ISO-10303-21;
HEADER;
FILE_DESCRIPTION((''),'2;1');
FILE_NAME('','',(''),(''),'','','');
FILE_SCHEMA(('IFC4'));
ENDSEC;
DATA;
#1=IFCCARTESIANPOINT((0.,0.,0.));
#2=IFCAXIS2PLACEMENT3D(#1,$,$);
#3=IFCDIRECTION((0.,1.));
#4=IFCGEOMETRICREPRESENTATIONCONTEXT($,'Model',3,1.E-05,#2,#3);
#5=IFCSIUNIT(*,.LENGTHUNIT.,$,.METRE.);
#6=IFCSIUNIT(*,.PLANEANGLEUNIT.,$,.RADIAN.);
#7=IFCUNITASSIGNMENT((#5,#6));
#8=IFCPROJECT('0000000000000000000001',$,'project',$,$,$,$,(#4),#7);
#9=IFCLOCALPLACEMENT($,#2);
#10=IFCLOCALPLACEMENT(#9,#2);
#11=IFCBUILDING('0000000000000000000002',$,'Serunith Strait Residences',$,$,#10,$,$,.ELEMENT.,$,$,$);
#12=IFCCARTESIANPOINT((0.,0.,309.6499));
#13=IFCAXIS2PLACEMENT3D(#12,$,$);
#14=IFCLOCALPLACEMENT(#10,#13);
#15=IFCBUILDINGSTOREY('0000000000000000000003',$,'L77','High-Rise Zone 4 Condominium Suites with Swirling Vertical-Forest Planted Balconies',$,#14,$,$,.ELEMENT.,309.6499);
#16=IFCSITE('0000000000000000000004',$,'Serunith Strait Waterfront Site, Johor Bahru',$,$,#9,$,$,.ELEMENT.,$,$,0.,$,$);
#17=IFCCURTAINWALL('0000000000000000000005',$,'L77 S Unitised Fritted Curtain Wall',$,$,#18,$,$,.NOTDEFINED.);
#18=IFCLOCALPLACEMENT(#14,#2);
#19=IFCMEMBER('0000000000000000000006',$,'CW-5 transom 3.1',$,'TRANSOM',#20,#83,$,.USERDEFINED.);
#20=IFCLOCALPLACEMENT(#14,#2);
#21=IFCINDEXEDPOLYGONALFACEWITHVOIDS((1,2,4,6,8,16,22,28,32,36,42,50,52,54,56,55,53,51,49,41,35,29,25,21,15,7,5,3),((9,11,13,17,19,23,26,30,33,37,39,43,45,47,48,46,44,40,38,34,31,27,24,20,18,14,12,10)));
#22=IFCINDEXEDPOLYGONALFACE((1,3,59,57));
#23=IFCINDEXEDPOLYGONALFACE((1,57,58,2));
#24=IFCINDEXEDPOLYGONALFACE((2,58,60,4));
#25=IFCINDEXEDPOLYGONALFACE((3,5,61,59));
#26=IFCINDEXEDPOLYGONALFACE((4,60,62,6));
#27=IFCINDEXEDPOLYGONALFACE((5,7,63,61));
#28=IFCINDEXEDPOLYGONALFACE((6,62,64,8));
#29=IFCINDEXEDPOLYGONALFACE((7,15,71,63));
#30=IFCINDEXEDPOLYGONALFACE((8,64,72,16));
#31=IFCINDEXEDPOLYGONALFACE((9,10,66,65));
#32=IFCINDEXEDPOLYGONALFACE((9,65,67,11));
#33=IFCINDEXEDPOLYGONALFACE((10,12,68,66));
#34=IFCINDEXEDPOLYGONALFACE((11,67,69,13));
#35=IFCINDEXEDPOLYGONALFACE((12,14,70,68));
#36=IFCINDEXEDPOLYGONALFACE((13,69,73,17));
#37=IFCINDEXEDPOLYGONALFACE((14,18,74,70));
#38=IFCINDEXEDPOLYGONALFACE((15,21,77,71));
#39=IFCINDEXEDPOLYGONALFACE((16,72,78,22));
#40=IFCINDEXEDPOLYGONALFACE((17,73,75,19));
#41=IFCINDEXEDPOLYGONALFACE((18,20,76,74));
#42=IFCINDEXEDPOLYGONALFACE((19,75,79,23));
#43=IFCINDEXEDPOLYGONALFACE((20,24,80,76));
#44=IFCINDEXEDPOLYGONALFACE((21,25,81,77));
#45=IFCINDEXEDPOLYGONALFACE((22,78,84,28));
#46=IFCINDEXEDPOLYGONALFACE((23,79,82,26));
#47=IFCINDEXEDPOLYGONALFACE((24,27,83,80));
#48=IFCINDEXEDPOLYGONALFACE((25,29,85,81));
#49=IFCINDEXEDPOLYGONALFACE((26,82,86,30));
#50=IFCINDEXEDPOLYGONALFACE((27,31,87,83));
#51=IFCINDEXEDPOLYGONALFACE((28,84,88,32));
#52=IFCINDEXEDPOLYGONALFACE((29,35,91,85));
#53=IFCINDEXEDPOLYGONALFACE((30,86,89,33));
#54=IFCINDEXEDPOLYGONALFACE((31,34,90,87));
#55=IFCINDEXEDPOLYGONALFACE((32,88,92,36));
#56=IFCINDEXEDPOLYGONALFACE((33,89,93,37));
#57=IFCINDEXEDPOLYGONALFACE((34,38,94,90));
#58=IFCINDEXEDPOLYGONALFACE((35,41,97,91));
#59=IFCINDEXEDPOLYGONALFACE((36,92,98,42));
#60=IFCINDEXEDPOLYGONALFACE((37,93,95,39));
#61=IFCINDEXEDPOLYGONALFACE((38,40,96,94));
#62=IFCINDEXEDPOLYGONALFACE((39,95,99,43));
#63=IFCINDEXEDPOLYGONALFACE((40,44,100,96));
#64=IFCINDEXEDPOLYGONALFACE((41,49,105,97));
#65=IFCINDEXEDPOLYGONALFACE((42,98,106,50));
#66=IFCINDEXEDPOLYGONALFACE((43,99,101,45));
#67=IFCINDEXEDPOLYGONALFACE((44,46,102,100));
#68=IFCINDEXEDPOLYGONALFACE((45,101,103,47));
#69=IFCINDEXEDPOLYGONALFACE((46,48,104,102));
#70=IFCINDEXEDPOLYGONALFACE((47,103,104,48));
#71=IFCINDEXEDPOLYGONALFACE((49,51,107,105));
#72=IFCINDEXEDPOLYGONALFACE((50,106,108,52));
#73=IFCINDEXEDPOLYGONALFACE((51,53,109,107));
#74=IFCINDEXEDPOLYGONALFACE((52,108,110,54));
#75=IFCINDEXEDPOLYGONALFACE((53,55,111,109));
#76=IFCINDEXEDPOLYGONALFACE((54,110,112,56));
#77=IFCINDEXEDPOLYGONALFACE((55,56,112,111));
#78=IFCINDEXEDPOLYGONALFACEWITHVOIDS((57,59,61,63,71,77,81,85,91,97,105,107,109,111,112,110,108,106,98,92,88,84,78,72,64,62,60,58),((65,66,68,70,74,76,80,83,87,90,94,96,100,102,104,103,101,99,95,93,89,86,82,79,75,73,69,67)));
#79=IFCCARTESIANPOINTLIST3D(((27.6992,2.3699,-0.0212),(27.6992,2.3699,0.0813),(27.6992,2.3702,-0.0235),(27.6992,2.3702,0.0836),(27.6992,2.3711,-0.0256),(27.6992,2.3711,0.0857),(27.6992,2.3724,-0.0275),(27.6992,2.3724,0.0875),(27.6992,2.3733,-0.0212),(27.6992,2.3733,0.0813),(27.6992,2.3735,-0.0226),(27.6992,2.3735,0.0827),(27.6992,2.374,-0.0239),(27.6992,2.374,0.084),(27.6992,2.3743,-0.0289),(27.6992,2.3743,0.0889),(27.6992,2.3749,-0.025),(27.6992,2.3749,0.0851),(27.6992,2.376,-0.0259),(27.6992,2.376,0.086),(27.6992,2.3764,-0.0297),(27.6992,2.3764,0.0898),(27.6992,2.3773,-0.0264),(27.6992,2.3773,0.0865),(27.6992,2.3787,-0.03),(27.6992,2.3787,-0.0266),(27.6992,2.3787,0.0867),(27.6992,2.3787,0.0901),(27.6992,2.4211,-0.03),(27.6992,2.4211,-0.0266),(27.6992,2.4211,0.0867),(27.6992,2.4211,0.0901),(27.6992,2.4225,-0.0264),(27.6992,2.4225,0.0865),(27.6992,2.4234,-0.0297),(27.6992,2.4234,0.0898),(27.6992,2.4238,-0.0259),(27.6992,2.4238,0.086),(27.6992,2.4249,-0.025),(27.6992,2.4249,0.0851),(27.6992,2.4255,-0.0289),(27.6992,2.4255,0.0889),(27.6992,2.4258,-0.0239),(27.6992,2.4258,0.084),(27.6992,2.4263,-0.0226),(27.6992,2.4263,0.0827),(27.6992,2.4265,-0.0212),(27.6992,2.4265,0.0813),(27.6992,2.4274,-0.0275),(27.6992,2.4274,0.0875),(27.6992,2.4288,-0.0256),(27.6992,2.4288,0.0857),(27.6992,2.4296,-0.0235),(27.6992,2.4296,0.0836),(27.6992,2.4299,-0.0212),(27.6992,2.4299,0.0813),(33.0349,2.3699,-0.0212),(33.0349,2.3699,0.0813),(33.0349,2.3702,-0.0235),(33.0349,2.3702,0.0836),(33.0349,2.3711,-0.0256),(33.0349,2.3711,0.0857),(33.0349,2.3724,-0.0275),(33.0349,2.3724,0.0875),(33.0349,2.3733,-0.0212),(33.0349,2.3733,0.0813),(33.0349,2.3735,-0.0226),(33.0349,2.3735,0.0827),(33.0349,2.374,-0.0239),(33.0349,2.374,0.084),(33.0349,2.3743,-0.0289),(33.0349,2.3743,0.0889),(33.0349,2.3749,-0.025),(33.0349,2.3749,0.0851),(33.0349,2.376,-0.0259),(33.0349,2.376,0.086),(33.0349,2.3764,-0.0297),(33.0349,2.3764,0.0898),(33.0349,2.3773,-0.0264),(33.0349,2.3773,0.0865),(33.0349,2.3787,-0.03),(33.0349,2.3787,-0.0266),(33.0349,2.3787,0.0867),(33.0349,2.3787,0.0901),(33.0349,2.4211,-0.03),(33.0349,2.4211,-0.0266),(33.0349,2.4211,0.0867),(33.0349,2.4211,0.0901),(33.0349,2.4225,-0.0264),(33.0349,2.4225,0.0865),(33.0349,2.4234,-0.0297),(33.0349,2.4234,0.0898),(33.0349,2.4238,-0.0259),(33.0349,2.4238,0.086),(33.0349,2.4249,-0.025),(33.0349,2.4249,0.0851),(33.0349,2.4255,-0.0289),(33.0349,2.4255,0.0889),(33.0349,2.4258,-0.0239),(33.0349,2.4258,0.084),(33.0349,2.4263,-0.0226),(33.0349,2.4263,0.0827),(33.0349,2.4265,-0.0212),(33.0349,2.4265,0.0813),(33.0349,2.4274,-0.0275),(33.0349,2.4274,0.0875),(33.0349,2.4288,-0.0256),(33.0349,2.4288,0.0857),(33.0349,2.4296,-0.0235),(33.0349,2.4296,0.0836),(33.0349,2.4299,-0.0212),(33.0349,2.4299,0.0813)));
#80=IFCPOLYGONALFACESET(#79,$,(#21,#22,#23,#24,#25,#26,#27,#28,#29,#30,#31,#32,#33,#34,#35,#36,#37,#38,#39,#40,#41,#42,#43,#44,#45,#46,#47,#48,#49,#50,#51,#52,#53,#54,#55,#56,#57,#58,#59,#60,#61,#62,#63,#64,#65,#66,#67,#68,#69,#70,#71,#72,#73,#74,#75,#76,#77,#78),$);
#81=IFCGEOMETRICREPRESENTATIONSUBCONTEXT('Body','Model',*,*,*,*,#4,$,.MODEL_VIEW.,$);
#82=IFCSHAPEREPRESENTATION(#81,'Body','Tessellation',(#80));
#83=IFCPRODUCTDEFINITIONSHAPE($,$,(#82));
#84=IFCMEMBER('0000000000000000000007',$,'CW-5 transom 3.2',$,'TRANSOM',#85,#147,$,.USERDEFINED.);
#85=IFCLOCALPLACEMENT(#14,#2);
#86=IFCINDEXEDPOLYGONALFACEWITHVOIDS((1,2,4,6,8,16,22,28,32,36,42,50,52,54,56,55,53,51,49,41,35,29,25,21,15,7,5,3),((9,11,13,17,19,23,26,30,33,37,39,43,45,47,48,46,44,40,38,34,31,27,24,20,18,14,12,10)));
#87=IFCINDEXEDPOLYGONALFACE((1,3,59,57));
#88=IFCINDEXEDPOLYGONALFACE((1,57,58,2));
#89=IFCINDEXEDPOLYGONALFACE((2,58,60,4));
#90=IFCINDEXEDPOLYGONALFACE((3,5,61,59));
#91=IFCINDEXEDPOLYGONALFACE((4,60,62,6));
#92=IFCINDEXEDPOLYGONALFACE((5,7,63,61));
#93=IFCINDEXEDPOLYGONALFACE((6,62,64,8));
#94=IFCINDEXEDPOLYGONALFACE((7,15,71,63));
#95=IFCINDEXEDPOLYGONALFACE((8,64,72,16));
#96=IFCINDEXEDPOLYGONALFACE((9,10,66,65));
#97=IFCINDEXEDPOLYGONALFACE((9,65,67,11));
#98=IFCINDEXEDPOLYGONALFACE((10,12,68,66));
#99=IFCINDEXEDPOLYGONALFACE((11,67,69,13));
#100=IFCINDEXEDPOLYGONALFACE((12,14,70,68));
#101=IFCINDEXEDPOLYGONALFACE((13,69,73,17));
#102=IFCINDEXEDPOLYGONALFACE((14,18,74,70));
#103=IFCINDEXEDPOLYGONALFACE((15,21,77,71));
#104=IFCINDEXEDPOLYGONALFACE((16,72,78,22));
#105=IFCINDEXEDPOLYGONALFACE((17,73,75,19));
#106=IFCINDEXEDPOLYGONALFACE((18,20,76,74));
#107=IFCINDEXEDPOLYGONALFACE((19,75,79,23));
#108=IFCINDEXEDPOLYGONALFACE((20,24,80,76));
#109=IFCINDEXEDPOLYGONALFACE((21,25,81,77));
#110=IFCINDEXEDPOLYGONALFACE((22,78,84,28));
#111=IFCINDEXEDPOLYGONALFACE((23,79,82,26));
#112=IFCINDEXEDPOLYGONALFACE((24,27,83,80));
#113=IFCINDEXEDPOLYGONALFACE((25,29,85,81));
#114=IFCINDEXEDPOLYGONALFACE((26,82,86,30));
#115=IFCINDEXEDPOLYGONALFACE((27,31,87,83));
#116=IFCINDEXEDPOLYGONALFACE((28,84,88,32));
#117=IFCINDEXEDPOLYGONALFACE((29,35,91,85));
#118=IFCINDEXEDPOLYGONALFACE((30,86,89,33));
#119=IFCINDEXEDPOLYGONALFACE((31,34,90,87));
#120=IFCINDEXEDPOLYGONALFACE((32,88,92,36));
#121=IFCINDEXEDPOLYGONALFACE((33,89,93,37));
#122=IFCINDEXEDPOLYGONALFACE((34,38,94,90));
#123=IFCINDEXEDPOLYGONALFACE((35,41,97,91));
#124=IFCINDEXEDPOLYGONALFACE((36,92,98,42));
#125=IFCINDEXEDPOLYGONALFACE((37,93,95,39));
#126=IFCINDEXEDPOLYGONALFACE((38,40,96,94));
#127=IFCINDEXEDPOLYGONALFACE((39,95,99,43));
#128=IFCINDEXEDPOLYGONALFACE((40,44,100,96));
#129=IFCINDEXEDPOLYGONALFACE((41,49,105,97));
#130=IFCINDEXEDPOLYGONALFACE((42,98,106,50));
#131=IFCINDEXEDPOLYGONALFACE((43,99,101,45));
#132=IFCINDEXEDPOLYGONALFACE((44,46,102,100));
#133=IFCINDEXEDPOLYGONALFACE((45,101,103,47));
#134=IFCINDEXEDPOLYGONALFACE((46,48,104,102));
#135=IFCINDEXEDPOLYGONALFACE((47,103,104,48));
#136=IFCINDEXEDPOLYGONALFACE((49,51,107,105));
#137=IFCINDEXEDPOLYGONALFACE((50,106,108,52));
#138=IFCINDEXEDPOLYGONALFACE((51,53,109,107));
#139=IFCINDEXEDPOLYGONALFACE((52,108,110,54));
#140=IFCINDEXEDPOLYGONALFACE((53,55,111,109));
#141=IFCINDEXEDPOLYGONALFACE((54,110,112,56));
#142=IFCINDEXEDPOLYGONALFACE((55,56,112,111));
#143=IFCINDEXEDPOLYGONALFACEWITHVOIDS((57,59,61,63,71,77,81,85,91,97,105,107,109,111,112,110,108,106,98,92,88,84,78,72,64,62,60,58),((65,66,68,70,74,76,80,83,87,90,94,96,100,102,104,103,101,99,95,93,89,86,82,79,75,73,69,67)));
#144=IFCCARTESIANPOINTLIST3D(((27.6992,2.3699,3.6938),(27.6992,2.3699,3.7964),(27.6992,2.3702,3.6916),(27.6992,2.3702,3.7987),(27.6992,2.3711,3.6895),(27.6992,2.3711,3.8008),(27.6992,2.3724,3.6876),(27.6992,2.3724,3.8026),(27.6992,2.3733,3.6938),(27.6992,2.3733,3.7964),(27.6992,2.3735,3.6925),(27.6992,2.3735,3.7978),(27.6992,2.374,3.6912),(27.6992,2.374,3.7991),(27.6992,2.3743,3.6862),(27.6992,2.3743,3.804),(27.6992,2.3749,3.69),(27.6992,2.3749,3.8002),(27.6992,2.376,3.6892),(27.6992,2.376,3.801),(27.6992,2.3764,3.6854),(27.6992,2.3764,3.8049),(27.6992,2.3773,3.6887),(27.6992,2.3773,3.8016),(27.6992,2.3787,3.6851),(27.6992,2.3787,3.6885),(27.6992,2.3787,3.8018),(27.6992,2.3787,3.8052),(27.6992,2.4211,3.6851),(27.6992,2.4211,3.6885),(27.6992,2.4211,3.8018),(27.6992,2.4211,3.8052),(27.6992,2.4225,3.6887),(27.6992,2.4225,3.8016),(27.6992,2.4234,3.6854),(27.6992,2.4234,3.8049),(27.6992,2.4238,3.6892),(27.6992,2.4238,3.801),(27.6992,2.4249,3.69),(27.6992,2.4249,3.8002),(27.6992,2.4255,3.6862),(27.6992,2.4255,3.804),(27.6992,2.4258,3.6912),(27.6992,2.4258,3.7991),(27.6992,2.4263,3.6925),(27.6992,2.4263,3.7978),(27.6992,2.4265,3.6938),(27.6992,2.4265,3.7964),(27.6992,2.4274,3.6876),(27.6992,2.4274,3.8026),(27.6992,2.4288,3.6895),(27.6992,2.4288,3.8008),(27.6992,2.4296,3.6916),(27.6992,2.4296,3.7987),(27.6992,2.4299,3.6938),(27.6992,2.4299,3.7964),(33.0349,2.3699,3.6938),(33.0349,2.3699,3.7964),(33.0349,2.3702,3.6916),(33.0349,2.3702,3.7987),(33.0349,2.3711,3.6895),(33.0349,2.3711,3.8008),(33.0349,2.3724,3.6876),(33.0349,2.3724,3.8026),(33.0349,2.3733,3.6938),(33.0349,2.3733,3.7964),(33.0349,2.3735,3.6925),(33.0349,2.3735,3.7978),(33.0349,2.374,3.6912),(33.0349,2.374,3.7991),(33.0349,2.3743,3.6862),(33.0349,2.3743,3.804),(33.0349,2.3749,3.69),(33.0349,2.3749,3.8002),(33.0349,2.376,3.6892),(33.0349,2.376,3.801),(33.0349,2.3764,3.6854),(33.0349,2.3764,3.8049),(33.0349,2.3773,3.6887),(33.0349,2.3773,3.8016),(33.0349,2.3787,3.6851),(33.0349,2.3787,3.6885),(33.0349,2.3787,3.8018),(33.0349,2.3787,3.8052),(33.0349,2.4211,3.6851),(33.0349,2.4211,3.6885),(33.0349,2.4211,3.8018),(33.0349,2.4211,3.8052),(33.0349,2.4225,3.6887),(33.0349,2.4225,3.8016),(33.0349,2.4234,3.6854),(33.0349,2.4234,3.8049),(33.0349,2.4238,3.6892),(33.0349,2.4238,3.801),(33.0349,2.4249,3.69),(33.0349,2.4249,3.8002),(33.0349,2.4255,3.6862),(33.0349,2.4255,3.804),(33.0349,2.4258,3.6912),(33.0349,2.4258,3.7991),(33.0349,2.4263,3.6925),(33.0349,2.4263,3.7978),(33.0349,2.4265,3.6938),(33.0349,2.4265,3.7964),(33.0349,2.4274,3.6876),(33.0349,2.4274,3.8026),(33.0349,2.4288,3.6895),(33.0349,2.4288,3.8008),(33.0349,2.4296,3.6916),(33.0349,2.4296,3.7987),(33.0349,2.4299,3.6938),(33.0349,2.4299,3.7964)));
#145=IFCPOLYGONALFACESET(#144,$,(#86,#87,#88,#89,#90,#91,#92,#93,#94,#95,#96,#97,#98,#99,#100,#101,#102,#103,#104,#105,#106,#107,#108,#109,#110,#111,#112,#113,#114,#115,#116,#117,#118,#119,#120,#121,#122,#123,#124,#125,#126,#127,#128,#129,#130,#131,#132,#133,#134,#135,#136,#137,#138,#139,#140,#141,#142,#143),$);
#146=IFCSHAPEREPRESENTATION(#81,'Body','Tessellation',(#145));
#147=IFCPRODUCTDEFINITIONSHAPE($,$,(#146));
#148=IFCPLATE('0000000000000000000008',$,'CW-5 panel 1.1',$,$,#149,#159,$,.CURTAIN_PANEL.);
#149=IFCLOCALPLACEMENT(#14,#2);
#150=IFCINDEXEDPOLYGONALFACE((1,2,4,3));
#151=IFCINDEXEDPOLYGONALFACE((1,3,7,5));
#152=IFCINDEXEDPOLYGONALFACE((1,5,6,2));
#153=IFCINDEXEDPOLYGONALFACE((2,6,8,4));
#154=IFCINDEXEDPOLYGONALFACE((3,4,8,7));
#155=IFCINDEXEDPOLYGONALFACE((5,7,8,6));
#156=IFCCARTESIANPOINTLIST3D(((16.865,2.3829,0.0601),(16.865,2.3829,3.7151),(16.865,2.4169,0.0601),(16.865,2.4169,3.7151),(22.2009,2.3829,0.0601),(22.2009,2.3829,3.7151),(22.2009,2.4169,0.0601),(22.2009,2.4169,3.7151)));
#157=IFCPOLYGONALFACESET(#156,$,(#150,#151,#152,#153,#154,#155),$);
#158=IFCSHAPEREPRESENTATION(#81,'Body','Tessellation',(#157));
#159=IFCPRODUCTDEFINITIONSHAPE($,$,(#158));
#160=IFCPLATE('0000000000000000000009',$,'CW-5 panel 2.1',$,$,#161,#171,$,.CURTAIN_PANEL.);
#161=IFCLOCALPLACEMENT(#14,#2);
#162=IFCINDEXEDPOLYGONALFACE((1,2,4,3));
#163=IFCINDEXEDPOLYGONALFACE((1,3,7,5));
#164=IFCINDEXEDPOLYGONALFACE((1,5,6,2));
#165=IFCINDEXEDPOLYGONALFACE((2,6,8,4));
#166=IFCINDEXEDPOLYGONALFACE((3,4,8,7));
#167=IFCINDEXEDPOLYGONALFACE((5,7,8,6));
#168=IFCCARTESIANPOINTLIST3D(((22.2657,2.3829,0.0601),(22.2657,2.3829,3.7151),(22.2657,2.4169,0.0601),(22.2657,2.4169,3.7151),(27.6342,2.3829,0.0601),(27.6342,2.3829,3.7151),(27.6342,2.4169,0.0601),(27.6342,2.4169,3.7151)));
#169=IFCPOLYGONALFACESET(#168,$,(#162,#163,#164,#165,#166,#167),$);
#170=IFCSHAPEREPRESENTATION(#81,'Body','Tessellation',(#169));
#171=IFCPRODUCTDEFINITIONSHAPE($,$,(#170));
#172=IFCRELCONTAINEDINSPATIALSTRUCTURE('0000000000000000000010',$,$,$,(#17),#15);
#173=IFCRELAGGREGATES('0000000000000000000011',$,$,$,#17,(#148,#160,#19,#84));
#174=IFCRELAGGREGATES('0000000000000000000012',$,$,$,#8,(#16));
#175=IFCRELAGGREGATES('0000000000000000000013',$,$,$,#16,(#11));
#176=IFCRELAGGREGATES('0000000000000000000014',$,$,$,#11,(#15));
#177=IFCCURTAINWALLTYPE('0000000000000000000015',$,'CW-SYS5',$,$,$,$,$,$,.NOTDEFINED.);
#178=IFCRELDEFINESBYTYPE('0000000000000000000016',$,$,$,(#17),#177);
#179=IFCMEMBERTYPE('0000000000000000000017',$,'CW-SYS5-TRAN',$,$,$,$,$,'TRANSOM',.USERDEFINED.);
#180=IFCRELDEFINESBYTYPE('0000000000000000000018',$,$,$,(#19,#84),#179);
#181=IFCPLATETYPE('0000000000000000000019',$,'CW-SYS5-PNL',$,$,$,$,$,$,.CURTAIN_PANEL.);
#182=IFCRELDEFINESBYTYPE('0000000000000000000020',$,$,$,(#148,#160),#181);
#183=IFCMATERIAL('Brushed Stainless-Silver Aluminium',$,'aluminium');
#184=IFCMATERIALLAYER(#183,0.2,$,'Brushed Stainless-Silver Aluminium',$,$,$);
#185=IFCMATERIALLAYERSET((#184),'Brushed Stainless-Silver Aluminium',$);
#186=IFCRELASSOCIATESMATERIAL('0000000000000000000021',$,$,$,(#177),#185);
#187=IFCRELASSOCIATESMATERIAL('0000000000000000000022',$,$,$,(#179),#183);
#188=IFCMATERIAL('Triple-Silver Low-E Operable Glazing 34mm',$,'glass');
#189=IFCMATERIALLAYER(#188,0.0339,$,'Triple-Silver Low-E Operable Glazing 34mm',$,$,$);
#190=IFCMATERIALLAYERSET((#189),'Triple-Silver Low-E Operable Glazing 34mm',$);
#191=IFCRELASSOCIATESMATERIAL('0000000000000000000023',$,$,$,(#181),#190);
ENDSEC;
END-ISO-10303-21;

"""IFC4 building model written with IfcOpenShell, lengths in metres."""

from ifc_helpers import new_model, si_unit, direction, frame, origin, origin_2d, place, context, subcontext, project, spatial, rectangle, hollow_rectangle, extrude, source, transform, mapped, material, layer, layer_set, material_profile, profile_set, type_object, element, aggregate, save


model = new_model("IFC4")

# Units and contexts
model_context = context("Model", 3, precision=1e-05, world=origin(), true_north=direction((0.0, 1.0)))
body_context = subcontext(model_context, "Body", "Model", "MODEL_VIEW")
ifc_project = project(units=[si_unit("LENGTHUNIT", "METRE"), si_unit("PLANEANGLEUNIT", "RADIAN")], contexts=[model_context])

# Site, building, storey
site_placement = place(None, origin())
site = spatial("IfcSite", under=ifc_project, at=site_placement, Name="Serunith Strait Waterfront Site, Johor Bahru", CompositionType="ELEMENT", RefElevation=0.0)
building_placement = place(site_placement, origin())
building = spatial("IfcBuilding", under=site, at=building_placement, Name="Serunith Strait Residences", CompositionType="ELEMENT")
storey_placement = place(building_placement, frame((0.0, 0.0, 309.6499)))
storey = spatial("IfcBuildingStorey", under=building, at=storey_placement, Name="L77", Description="High-Rise Zone 4 Condominium Suites with Swirling Vertical-Forest Planted Balconies", CompositionType="ELEMENT", Elevation=309.6499)

# Curtain wall, members, plates
ifc_material_1 = material(Name="Brushed Stainless-Silver Aluminium", Category="aluminium")
ifc_layer_1 = layer(ifc_material_1, 0.2, Name="Brushed Stainless-Silver Aluminium")
ifc_layer_set_1 = layer_set([ifc_layer_1], Name="Brushed Stainless-Silver Aluminium")
curtain_wall_type = type_object("IfcCurtainWallType", Name="CW-SYS5", PredefinedType="NOTDEFINED", material=ifc_layer_set_1)
curtain_wall_placement = place(storey_placement, origin())
curtain_wall = element("IfcCurtainWall", 1, at=curtain_wall_placement, inside=storey, type_object=curtain_wall_type, Name="L77 S Unitised Fritted Curtain Wall", PredefinedType="NOTDEFINED")
ifc_material_profile_1 = material_profile(ifc_material_1, hollow_rectangle(XDim=0.0601, YDim=0.1201, WallThickness=0.0034, InnerFilletRadius=0.0054, OuterFilletRadius=0.0088, at=origin_2d()), Name="ALU 120x60x3.5")
ifc_profile_set_1 = profile_set([ifc_material_profile_1], Name="Brushed Stainless-Silver Aluminium")
member_type_1 = type_object("IfcMemberType", Name="CW-SYS5-TRAN", ElementType="TRANSOM", PredefinedType="USERDEFINED", material=ifc_profile_set_1)
shared_shape_1 = source(origin(), body_context, "Body", "SweptSolid", [
    extrude(hollow_rectangle(XDim=0.0601, YDim=0.1201, WallThickness=0.0034, InnerFilletRadius=0.0054, OuterFilletRadius=0.0088, at=origin_2d()), origin(), (0.0, 0.0, 1.0), 5.3357),
])
member_1_placement = place(storey_placement, frame((27.6992, 2.3999, 0.03), z_axis=(1.0, 0.0, 0.0), x_axis=(0.0, 1.0, 0.0)))
member_1 = element("IfcMember", 2, at=member_1_placement, type_object=member_type_1, Name="CW-5 transom 3.1", ObjectType="TRANSOM", PredefinedType="USERDEFINED", context=body_context, shape_type="MappedRepresentation", body=[
    mapped(shared_shape_1, transform((0.0, 0.0, 0.0), scale=1.0)),
])
member_2_placement = place(storey_placement, frame((27.6992, 2.3999, 3.7451), z_axis=(1.0, 0.0, 0.0), x_axis=(0.0, 1.0, 0.0)))
member_2 = element("IfcMember", 3, at=member_2_placement, type_object=member_type_1, Name="CW-5 transom 3.2", ObjectType="TRANSOM", PredefinedType="USERDEFINED", context=body_context, shape_type="MappedRepresentation", body=[
    mapped(shared_shape_1, transform((0.0, 0.0, 0.0), scale=1.0)),
])
ifc_material_2 = material(Name="Triple-Silver Low-E Operable Glazing 34mm", Category="glass")
ifc_layer_2 = layer(ifc_material_2, 0.0339, Name="Triple-Silver Low-E Operable Glazing 34mm")
ifc_layer_set_2 = layer_set([ifc_layer_2], Name="Triple-Silver Low-E Operable Glazing 34mm")
plate_type = type_object("IfcPlateType", Name="CW-SYS5-PNL", PredefinedType="CURTAIN_PANEL", material=ifc_layer_set_2)
shared_shape_2 = source(origin(), body_context, "Body", "SweptSolid", [
    extrude(rectangle(XDim=5.3359, YDim=0.0339, at=origin_2d()), origin(), (0.0, 0.0, 1.0), 3.655),
])
plate_1_placement = place(storey_placement, frame((19.533, 2.3999, 0.0601), z_axis=(0.0, 0.0, 1.0), x_axis=(1.0, 0.0, 0.0)))
plate_1 = element("IfcPlate", 4, at=plate_1_placement, type_object=plate_type, Name="CW-5 panel 1.1", PredefinedType="CURTAIN_PANEL", context=body_context, shape_type="MappedRepresentation", body=[
    mapped(shared_shape_2, transform((0.0, 0.0, 0.0), scale=1.0)),
])
shared_shape_3 = source(origin(), body_context, "Body", "SweptSolid", [
    extrude(rectangle(XDim=5.3684, YDim=0.0339, at=origin_2d()), origin(), (0.0, 0.0, 1.0), 3.655),
])
plate_2_placement = place(storey_placement, frame((24.95, 2.3999, 0.0601), z_axis=(0.0, 0.0, 1.0), x_axis=(1.0, 0.0, 0.0)))
plate_2 = element("IfcPlate", 5, at=plate_2_placement, type_object=plate_type, Name="CW-5 panel 2.1", PredefinedType="CURTAIN_PANEL", context=body_context, shape_type="MappedRepresentation", body=[
    mapped(shared_shape_3, transform((0.0, 0.0, 0.0), scale=1.0)),
])
aggregate(curtain_wall, [plate_1, plate_2, member_1, member_2])

save(model, "model.ifc")
